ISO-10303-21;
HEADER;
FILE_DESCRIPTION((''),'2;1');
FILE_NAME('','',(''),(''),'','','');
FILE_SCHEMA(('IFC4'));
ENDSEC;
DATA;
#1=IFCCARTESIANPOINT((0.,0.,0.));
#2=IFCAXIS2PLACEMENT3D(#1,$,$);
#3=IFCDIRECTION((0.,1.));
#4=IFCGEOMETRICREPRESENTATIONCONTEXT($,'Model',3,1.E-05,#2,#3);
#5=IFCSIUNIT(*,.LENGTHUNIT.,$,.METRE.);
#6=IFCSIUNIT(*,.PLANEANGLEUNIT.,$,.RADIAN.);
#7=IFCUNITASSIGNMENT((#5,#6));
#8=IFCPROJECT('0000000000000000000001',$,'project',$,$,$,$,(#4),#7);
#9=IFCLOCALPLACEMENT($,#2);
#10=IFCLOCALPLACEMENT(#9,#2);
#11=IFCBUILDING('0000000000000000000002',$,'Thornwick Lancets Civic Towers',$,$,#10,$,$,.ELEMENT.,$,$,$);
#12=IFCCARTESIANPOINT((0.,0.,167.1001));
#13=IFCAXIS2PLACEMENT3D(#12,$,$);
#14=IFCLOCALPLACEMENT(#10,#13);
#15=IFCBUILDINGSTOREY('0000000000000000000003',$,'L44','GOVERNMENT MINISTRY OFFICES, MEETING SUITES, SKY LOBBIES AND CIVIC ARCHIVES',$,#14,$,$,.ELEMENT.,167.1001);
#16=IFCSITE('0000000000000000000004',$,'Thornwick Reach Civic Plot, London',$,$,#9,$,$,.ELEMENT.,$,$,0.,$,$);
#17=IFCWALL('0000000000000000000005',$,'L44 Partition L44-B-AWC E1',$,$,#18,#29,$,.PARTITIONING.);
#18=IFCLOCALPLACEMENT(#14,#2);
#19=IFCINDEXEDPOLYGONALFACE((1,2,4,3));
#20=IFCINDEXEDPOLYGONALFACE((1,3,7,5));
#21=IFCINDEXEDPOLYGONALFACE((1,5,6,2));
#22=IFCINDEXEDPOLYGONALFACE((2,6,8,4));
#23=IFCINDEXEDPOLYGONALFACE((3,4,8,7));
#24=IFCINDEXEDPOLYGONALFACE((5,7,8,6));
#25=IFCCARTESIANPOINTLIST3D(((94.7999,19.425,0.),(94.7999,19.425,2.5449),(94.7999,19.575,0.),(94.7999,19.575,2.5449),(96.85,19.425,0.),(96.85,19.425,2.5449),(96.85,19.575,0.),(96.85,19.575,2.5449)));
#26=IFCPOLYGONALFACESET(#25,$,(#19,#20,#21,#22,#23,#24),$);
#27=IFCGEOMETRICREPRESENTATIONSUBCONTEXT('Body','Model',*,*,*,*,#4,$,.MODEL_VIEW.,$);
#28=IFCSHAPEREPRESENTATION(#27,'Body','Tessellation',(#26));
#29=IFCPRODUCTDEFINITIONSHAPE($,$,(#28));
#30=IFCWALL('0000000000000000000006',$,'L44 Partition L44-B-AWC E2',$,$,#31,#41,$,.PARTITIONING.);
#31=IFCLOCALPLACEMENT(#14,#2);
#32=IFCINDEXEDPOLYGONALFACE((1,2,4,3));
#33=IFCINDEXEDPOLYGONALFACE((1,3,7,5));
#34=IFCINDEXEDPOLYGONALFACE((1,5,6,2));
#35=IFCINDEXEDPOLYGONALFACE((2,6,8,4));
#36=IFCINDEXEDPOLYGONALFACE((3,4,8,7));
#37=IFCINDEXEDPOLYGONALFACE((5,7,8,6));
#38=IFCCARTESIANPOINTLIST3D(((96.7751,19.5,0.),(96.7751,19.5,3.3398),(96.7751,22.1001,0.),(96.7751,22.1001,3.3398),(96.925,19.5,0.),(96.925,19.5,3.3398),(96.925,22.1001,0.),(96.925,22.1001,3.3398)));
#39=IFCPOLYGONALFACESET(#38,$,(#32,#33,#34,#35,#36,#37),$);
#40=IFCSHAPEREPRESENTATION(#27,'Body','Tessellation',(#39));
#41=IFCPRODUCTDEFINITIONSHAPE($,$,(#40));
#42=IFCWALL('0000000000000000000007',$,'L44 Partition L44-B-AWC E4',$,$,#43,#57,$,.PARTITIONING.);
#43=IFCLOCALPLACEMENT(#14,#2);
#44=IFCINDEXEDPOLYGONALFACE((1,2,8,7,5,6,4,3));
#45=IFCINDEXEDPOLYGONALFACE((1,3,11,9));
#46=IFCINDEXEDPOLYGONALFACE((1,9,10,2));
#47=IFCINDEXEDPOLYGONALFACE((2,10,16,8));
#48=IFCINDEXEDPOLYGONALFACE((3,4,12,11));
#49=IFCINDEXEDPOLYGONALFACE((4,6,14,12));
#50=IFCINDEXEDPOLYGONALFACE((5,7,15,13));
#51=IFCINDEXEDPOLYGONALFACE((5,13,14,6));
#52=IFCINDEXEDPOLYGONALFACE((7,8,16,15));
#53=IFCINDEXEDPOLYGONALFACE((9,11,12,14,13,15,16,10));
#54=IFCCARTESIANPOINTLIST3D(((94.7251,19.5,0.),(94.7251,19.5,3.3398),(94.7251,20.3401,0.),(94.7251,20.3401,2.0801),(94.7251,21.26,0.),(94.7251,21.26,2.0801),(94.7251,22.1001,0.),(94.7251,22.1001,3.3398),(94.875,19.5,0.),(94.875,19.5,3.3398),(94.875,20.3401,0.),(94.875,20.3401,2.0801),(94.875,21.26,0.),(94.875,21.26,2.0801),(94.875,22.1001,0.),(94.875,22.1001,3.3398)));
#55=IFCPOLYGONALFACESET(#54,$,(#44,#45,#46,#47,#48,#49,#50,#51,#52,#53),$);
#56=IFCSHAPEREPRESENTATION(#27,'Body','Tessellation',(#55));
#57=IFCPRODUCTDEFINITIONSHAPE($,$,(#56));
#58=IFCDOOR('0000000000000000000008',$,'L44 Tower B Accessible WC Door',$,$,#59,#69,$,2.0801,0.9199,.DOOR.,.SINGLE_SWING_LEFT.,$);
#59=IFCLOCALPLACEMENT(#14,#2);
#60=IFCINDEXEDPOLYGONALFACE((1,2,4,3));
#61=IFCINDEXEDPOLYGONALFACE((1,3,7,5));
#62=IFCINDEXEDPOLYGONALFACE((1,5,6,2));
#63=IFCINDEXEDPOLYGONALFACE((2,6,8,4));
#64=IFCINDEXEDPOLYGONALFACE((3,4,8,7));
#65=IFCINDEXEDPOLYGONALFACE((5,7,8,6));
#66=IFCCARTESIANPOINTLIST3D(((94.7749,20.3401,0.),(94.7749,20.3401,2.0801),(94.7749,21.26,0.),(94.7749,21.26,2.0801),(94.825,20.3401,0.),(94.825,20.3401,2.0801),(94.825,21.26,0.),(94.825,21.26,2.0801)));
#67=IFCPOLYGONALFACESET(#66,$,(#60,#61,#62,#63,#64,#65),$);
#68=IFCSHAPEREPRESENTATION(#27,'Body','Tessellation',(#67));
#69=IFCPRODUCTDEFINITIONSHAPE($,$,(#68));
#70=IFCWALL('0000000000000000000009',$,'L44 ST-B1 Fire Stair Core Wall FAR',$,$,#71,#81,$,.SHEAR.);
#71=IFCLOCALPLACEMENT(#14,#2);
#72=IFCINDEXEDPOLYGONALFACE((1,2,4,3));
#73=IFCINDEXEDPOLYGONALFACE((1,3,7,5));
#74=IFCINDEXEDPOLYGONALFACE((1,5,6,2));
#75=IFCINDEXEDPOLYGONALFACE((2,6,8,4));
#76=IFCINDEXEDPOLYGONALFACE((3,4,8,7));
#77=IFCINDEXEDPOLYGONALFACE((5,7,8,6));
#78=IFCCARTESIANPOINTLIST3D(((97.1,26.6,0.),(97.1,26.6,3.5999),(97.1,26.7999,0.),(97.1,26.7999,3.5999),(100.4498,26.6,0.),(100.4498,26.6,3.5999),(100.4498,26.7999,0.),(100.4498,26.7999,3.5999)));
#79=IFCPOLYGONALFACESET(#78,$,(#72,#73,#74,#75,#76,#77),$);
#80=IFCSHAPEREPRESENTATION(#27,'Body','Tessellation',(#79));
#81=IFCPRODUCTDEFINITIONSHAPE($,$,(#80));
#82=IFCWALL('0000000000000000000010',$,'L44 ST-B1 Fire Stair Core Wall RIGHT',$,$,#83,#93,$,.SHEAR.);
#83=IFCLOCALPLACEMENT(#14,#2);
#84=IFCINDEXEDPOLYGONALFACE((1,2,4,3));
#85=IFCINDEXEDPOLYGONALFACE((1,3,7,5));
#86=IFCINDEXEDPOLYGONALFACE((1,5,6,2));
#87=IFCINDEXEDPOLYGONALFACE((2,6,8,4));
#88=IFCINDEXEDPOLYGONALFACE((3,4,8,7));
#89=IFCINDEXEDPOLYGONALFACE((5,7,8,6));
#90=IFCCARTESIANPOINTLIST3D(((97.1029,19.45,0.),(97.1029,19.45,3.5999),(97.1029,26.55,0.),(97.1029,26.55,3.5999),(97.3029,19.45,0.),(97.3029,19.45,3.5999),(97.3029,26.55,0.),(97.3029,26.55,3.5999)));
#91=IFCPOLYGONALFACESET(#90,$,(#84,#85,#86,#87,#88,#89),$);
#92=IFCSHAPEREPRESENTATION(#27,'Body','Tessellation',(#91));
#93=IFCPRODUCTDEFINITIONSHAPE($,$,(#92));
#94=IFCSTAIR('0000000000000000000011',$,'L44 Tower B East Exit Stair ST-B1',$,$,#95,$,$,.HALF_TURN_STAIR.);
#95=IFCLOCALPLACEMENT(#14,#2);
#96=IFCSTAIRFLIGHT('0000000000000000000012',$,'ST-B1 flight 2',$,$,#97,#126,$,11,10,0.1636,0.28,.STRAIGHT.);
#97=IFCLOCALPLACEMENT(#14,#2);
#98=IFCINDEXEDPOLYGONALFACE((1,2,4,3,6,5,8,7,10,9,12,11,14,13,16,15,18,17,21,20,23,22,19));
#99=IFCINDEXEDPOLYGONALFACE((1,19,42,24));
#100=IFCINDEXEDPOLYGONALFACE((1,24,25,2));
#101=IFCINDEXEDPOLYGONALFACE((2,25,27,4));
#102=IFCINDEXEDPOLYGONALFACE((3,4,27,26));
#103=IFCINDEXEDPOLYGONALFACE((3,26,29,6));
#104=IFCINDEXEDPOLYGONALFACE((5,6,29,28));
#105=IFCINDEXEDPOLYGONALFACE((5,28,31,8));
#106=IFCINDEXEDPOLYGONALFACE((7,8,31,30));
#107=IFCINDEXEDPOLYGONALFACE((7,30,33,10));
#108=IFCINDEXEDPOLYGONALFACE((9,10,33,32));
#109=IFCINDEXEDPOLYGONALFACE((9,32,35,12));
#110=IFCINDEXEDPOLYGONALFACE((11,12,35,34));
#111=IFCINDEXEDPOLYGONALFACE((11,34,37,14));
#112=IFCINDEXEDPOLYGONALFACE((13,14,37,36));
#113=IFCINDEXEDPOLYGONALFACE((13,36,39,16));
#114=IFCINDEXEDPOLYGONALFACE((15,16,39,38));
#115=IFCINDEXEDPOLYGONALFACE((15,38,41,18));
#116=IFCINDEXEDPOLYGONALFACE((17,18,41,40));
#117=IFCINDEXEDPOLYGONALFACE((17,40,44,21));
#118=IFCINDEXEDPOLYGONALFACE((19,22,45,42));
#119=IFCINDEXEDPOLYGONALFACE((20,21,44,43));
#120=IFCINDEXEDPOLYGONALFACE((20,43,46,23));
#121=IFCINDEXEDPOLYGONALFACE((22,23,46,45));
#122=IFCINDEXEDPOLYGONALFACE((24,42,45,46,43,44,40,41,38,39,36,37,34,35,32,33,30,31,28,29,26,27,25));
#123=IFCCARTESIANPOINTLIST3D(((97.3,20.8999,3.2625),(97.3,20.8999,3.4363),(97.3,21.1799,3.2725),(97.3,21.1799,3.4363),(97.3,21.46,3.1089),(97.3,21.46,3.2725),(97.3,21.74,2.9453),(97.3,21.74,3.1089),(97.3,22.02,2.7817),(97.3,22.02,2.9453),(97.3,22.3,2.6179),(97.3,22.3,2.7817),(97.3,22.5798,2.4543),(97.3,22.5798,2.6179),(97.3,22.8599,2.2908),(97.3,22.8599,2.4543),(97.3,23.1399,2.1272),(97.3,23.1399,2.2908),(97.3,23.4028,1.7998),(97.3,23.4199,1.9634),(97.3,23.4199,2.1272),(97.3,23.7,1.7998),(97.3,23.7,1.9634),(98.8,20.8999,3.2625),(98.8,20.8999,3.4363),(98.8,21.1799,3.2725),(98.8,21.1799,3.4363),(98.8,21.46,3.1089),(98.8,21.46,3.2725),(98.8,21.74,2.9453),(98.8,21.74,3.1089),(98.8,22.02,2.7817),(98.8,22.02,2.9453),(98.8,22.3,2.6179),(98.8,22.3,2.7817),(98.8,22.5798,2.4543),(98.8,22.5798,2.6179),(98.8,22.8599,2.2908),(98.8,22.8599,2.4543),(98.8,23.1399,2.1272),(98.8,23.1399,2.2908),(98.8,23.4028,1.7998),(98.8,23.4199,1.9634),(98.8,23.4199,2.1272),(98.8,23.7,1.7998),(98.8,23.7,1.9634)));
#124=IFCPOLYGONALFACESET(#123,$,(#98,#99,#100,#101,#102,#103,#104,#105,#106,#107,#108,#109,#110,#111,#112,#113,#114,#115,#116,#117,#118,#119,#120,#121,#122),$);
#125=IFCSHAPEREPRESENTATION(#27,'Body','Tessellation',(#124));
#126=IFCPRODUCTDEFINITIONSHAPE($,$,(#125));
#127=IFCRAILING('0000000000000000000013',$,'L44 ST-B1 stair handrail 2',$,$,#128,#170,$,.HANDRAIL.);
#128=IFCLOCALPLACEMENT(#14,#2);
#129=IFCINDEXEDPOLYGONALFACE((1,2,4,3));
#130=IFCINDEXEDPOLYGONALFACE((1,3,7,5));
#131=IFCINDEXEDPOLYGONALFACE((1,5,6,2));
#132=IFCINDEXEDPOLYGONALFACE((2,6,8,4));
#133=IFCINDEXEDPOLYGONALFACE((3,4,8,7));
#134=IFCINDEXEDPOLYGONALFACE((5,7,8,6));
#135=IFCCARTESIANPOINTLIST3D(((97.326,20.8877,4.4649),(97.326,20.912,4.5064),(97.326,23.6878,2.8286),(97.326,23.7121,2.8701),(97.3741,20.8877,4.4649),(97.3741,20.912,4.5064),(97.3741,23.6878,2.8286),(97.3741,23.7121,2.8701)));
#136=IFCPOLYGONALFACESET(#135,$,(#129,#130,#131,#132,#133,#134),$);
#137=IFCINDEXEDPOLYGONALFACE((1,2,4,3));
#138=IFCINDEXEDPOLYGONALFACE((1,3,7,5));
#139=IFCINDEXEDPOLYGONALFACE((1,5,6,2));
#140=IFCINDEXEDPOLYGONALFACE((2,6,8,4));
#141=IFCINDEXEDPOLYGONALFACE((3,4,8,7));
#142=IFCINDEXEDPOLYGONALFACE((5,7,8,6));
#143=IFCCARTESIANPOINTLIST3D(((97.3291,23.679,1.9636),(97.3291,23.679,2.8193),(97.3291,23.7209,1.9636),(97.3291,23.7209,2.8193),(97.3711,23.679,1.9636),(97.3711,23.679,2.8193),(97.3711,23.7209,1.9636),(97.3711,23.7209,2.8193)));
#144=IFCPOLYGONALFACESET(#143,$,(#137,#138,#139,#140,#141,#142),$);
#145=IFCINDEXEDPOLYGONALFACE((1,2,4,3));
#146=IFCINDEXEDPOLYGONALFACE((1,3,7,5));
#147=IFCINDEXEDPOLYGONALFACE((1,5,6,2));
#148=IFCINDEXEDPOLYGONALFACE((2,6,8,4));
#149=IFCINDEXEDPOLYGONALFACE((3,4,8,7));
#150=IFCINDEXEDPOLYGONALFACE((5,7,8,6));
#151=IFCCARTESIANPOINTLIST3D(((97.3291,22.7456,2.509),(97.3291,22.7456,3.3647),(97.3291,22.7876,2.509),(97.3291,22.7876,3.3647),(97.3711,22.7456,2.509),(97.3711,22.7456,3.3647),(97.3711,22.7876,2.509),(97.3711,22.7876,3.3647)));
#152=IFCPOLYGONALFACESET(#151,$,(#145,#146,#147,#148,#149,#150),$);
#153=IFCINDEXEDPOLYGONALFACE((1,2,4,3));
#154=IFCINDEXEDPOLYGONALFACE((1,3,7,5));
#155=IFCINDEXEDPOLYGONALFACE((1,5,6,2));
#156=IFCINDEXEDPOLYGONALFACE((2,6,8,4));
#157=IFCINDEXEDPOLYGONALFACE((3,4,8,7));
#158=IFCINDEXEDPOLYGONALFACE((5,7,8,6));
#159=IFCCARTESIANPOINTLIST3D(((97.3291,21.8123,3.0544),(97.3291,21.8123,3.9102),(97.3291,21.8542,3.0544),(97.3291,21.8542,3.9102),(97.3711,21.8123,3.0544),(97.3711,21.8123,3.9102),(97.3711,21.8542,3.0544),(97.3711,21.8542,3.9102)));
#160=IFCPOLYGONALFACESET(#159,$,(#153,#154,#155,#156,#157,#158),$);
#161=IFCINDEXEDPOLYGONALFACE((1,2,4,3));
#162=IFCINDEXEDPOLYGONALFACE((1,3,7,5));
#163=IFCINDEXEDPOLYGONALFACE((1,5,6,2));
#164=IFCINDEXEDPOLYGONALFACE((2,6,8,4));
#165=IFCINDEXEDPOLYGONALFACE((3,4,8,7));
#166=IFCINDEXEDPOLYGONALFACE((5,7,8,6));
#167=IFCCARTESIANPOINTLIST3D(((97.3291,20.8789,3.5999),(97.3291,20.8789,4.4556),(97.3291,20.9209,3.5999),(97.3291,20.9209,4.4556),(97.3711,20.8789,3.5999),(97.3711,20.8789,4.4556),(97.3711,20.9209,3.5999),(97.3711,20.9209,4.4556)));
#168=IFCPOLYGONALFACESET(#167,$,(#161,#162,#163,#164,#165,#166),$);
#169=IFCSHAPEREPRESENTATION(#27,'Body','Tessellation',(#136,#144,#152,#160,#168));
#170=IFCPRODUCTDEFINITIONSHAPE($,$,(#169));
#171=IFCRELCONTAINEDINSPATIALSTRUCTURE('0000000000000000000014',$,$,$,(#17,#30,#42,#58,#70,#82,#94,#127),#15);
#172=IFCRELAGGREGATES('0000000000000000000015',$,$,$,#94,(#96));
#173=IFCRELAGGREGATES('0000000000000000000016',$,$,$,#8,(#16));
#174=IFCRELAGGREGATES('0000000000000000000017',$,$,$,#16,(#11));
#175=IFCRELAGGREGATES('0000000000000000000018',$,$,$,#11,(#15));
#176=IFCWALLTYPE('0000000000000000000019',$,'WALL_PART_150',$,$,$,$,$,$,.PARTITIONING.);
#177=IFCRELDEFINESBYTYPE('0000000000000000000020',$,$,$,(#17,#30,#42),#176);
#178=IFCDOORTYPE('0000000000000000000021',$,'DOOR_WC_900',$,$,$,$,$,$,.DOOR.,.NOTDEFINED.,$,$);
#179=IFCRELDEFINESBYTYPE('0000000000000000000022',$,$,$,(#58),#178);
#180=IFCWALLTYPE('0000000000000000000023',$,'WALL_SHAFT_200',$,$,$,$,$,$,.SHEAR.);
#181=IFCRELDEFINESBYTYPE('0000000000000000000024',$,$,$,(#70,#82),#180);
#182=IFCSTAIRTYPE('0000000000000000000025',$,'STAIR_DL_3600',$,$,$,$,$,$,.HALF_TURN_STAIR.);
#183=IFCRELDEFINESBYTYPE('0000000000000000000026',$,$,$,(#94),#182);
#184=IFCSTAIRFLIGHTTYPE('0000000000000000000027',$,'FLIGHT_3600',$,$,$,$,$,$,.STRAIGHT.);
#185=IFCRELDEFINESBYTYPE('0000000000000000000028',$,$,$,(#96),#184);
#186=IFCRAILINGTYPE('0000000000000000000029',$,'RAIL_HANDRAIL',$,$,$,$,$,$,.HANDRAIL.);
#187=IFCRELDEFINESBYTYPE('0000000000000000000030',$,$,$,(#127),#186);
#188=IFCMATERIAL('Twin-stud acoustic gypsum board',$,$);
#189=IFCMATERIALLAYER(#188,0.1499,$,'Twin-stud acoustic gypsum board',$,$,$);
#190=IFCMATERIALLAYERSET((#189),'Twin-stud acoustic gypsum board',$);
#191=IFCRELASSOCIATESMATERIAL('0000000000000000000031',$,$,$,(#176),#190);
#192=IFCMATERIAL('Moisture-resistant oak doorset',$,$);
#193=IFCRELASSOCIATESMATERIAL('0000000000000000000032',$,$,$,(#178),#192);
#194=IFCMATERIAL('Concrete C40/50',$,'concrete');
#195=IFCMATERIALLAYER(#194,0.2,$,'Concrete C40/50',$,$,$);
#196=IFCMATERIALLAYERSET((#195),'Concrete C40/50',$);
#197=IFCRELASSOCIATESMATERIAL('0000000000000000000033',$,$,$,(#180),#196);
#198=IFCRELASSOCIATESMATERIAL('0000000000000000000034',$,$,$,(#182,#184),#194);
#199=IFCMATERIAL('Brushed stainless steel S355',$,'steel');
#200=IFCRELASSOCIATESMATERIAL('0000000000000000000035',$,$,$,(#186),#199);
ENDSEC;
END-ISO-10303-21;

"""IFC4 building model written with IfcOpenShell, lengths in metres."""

from ifc_helpers import new_model, si_unit, direction, frame, frame_2d, origin, origin_2d, place, context, subcontext, project, spatial, polyline, rectangle, outline, extrude, material, layer, layer_set, type_object, element, fill, aggregate, save


model = new_model("IFC4")

# Units and contexts
model_context = context("Model", 3, precision=1e-05, world=origin(), true_north=direction((0.0, 1.0)))
body_context = subcontext(model_context, "Body", "Model", "MODEL_VIEW")
ifc_project = project(units=[si_unit("LENGTHUNIT", "METRE"), si_unit("PLANEANGLEUNIT", "RADIAN")], contexts=[model_context])

# Site, building, storey
site_placement = place(None, origin())
site = spatial("IfcSite", under=ifc_project, at=site_placement, Name="Thornwick Reach Civic Plot, London", CompositionType="ELEMENT", RefElevation=0.0)
building_placement = place(site_placement, origin())
building = spatial("IfcBuilding", under=site, at=building_placement, Name="Thornwick Lancets Civic Towers", CompositionType="ELEMENT")
storey_placement = place(building_placement, frame((0.0, 0.0, 167.1001)))
storey = spatial("IfcBuildingStorey", under=building, at=storey_placement, Name="L44", Description="GOVERNMENT MINISTRY OFFICES, MEETING SUITES, SKY LOBBIES AND CIVIC ARCHIVES", CompositionType="ELEMENT", Elevation=167.1001)

# Walls
ifc_material_1 = material(Name="Twin-stud acoustic gypsum board")
ifc_layer_1 = layer(ifc_material_1, 0.1499, Name="Twin-stud acoustic gypsum board")
ifc_layer_set_1 = layer_set([ifc_layer_1], Name="Twin-stud acoustic gypsum board")
wall_type_1 = type_object("IfcWallType", Name="WALL_PART_150", PredefinedType="PARTITIONING", material=ifc_layer_set_1)
wall_1_placement = place(storey_placement, frame((94.8, 19.5, 0.0), z_axis=(0.0, 0.0, 1.0), x_axis=(1.0, 0.0, 0.0)))
element("IfcWall", 1, at=wall_1_placement, inside=storey, type_object=wall_type_1, Name="L44 Partition L44-B-AWC E1", PredefinedType="PARTITIONING", context=body_context, shape_type="SweptSolid", body=[
    extrude(rectangle(XDim=2.05, YDim=0.1499, at=frame_2d((1.0249, 0.0))), origin(), (0.0, 0.0, 1.0), 2.5449),
])
wall_2_placement = place(storey_placement, frame((96.8501, 19.5, 0.0), z_axis=(0.0, 0.0, 1.0), x_axis=(0.0, 1.0, 0.0)))
element("IfcWall", 2, at=wall_2_placement, inside=storey, type_object=wall_type_1, Name="L44 Partition L44-B-AWC E2", PredefinedType="PARTITIONING", context=body_context, shape_type="SweptSolid", body=[
    extrude(rectangle(XDim=2.6001, YDim=0.1499, at=frame_2d((1.3, 0.0))), origin(), (0.0, 0.0, 1.0), 3.3398),
])

# Wall, opening, door
wall_3_placement = place(storey_placement, frame((94.8, 22.1001, 0.0), z_axis=(0.0, 0.0, 1.0), x_axis=(0.0, -1.0, 0.0)))
wall_3 = element("IfcWall", 3, at=wall_3_placement, inside=storey, type_object=wall_type_1, Name="L44 Partition L44-B-AWC E4", PredefinedType="PARTITIONING", context=body_context, shape_type="SweptSolid", body=[
    extrude(rectangle(XDim=2.6001, YDim=0.1499, at=frame_2d((1.3, 0.0))), origin(), (0.0, 0.0, 1.0), 3.3398),
])
opening_1_placement = place(wall_3_placement, frame((0.8401, 0.0, 0.0)))
opening_1 = element("IfcOpeningElement", 4, at=opening_1_placement, cuts=wall_3, PredefinedType="OPENING", context=body_context, shape_type="SweptSolid", body=[
    extrude(rectangle(XDim=0.9199, YDim=2.0801, at=frame_2d((0.46, 1.04))), frame((0.0, 0.085, 0.0), z_axis=(0.0, -1.0, 0.0), x_axis=(1.0, 0.0, 0.0)), (0.0, 0.0, 1.0), 0.1699),
])
ifc_material_2 = material(Name="Moisture-resistant oak doorset")
door_type_1 = type_object("IfcDoorType", Name="DOOR_WC_900", OperationType="NOTDEFINED", PredefinedType="DOOR", material=ifc_material_2)
door_1_placement = place(opening_1_placement, origin())
door_1 = element("IfcDoor", 5, at=door_1_placement, inside=storey, type_object=door_type_1, Name="L44 Tower B Accessible WC Door", OperationType="SINGLE_SWING_LEFT", OverallHeight=2.0801, OverallWidth=0.9199, PredefinedType="DOOR", context=body_context, shape_type="SweptSolid", body=[
    extrude(rectangle(XDim=0.9199, YDim=2.0801, at=frame_2d((0.46, 1.04))), frame((0.0, 0.0249, 0.0), z_axis=(0.0, -1.0, 0.0), x_axis=(1.0, 0.0, 0.0)), (0.0, 0.0, 1.0), 0.05),
])
fill(opening_1, door_1)

# Walls
ifc_material_3 = material(Name="Concrete C40/50", Category="concrete")
ifc_layer_2 = layer(ifc_material_3, 0.2, Name="Concrete C40/50")
ifc_layer_set_2 = layer_set([ifc_layer_2], Name="Concrete C40/50")
wall_type_2 = type_object("IfcWallType", Name="WALL_SHAFT_200", PredefinedType="SHEAR", material=ifc_layer_set_2)
wall_4_placement = place(storey_placement, frame((97.1001, 26.7, 0.0), z_axis=(0.0, 0.0, 1.0), x_axis=(1.0, 0.0, 0.0)))
element("IfcWall", 6, at=wall_4_placement, inside=storey, type_object=wall_type_2, Name="L44 ST-B1 Fire Stair Core Wall FAR", PredefinedType="SHEAR", context=body_context, shape_type="SweptSolid", body=[
    extrude(rectangle(XDim=3.3499, YDim=0.2, at=frame_2d((1.6748, 0.0))), origin(), (0.0, 0.0, 1.0), 3.5999),
])
wall_5_placement = place(storey_placement, frame((97.2029, 26.55, 0.0), z_axis=(0.0, 0.0, 1.0), x_axis=(0.0, -1.0, 0.0)))
element("IfcWall", 7, at=wall_5_placement, inside=storey, type_object=wall_type_2, Name="L44 ST-B1 Fire Stair Core Wall RIGHT", PredefinedType="SHEAR", context=body_context, shape_type="SweptSolid", body=[
    extrude(rectangle(XDim=7.1001, YDim=0.2, at=frame_2d((3.55, 0.0))), origin(), (0.0, 0.0, 1.0), 3.5999),
])

# Stair, stair flight
stair_type = type_object("IfcStairType", Name="STAIR_DL_3600", PredefinedType="HALF_TURN_STAIR", material=ifc_material_3)
stair_placement = place(storey_placement, origin())
stair = element("IfcStair", 8, at=stair_placement, inside=storey, type_object=stair_type, Name="L44 Tower B East Exit Stair ST-B1", PredefinedType="HALF_TURN_STAIR")
stair_flight_type = type_object("IfcStairFlightType", Name="FLIGHT_3600", PredefinedType="STRAIGHT", material=ifc_material_3)
stair_flight_placement = place(storey_placement, frame((98.05, 23.7, 1.7998), z_axis=(0.0, 0.0, 1.0), x_axis=(0.0, -1.0, 0.0)))
stair_flight = element("IfcStairFlight", 9, at=stair_flight_placement, type_object=stair_flight_type, Name="ST-B1 flight 2", NumberOfRisers=11, NumberOfTreads=10, PredefinedType="STRAIGHT", RiserHeight=0.1636, TreadLength=0.28, context=body_context, shape_type="SweptSolid", body=[
    extrude(outline(polyline([(0.0, 0.0), (0.0, 0.1636), (0.28, 0.1636), (0.28, 0.3274), (0.5601, 0.3274), (0.5601, 0.491), (0.8401, 0.491), (0.8401, 0.6545), (1.1201, 0.6545), (1.1201, 0.8181), (1.3999, 0.8181), (1.3999, 0.9819), (1.6799, 0.9819), (1.6799, 1.1455), (1.96, 1.1455), (1.96, 1.3091), (2.24, 1.3091), (2.24, 1.4727), (2.52, 1.4727), (2.52, 1.6365), (2.8, 1.6365), (2.8, 1.8), (2.8, 1.4626), (0.2971, 0.0), (0.0, 0.0)])), frame((0.0, 0.75, 0.0), z_axis=(0.0, -1.0, 0.0), x_axis=(1.0, 0.0, 0.0)), (0.0, 0.0, 1.0), 1.5),
])
aggregate(stair, [stair_flight])

# Railing
ifc_material_4 = material(Name="Brushed stainless steel S355", Category="steel")
railing_type_1 = type_object("IfcRailingType", Name="RAIL_HANDRAIL", PredefinedType="HANDRAIL", material=ifc_material_4)
railing_1_placement = place(storey_placement, frame((97.3501, 23.7, 1.9636)))
element("IfcRailing", 10, at=railing_1_placement, inside=storey, type_object=railing_type_1, Name="L44 ST-B1 stair handrail 2", PredefinedType="HANDRAIL", context=body_context, shape_type="SweptSolid", body=[
    extrude(rectangle(XDim=0.0481, YDim=0.0481, at=origin_2d()), frame((0.0, 0.0, 0.8857), z_axis=(0.0, -0.863394, 0.504531), x_axis=(1.0, 0.0, 0.0)), (0.0, 0.0, 1.0), 3.2432),
    extrude(rectangle(XDim=0.042, YDim=0.042, at=origin_2d()), origin(), (0.0, 0.0, 1.0), 0.8557),
    extrude(rectangle(XDim=0.042, YDim=0.042, at=origin_2d()), frame((0.0, -0.9333, 0.5454)), (0.0, 0.0, 1.0), 0.8557),
    extrude(rectangle(XDim=0.042, YDim=0.042, at=origin_2d()), frame((0.0, -1.8667, 1.0908)), (0.0, 0.0, 1.0), 0.8557),
    extrude(rectangle(XDim=0.042, YDim=0.042, at=origin_2d()), frame((0.0, -2.8, 1.6362)), (0.0, 0.0, 1.0), 0.8557),
])

save(model, "model.ifc")
